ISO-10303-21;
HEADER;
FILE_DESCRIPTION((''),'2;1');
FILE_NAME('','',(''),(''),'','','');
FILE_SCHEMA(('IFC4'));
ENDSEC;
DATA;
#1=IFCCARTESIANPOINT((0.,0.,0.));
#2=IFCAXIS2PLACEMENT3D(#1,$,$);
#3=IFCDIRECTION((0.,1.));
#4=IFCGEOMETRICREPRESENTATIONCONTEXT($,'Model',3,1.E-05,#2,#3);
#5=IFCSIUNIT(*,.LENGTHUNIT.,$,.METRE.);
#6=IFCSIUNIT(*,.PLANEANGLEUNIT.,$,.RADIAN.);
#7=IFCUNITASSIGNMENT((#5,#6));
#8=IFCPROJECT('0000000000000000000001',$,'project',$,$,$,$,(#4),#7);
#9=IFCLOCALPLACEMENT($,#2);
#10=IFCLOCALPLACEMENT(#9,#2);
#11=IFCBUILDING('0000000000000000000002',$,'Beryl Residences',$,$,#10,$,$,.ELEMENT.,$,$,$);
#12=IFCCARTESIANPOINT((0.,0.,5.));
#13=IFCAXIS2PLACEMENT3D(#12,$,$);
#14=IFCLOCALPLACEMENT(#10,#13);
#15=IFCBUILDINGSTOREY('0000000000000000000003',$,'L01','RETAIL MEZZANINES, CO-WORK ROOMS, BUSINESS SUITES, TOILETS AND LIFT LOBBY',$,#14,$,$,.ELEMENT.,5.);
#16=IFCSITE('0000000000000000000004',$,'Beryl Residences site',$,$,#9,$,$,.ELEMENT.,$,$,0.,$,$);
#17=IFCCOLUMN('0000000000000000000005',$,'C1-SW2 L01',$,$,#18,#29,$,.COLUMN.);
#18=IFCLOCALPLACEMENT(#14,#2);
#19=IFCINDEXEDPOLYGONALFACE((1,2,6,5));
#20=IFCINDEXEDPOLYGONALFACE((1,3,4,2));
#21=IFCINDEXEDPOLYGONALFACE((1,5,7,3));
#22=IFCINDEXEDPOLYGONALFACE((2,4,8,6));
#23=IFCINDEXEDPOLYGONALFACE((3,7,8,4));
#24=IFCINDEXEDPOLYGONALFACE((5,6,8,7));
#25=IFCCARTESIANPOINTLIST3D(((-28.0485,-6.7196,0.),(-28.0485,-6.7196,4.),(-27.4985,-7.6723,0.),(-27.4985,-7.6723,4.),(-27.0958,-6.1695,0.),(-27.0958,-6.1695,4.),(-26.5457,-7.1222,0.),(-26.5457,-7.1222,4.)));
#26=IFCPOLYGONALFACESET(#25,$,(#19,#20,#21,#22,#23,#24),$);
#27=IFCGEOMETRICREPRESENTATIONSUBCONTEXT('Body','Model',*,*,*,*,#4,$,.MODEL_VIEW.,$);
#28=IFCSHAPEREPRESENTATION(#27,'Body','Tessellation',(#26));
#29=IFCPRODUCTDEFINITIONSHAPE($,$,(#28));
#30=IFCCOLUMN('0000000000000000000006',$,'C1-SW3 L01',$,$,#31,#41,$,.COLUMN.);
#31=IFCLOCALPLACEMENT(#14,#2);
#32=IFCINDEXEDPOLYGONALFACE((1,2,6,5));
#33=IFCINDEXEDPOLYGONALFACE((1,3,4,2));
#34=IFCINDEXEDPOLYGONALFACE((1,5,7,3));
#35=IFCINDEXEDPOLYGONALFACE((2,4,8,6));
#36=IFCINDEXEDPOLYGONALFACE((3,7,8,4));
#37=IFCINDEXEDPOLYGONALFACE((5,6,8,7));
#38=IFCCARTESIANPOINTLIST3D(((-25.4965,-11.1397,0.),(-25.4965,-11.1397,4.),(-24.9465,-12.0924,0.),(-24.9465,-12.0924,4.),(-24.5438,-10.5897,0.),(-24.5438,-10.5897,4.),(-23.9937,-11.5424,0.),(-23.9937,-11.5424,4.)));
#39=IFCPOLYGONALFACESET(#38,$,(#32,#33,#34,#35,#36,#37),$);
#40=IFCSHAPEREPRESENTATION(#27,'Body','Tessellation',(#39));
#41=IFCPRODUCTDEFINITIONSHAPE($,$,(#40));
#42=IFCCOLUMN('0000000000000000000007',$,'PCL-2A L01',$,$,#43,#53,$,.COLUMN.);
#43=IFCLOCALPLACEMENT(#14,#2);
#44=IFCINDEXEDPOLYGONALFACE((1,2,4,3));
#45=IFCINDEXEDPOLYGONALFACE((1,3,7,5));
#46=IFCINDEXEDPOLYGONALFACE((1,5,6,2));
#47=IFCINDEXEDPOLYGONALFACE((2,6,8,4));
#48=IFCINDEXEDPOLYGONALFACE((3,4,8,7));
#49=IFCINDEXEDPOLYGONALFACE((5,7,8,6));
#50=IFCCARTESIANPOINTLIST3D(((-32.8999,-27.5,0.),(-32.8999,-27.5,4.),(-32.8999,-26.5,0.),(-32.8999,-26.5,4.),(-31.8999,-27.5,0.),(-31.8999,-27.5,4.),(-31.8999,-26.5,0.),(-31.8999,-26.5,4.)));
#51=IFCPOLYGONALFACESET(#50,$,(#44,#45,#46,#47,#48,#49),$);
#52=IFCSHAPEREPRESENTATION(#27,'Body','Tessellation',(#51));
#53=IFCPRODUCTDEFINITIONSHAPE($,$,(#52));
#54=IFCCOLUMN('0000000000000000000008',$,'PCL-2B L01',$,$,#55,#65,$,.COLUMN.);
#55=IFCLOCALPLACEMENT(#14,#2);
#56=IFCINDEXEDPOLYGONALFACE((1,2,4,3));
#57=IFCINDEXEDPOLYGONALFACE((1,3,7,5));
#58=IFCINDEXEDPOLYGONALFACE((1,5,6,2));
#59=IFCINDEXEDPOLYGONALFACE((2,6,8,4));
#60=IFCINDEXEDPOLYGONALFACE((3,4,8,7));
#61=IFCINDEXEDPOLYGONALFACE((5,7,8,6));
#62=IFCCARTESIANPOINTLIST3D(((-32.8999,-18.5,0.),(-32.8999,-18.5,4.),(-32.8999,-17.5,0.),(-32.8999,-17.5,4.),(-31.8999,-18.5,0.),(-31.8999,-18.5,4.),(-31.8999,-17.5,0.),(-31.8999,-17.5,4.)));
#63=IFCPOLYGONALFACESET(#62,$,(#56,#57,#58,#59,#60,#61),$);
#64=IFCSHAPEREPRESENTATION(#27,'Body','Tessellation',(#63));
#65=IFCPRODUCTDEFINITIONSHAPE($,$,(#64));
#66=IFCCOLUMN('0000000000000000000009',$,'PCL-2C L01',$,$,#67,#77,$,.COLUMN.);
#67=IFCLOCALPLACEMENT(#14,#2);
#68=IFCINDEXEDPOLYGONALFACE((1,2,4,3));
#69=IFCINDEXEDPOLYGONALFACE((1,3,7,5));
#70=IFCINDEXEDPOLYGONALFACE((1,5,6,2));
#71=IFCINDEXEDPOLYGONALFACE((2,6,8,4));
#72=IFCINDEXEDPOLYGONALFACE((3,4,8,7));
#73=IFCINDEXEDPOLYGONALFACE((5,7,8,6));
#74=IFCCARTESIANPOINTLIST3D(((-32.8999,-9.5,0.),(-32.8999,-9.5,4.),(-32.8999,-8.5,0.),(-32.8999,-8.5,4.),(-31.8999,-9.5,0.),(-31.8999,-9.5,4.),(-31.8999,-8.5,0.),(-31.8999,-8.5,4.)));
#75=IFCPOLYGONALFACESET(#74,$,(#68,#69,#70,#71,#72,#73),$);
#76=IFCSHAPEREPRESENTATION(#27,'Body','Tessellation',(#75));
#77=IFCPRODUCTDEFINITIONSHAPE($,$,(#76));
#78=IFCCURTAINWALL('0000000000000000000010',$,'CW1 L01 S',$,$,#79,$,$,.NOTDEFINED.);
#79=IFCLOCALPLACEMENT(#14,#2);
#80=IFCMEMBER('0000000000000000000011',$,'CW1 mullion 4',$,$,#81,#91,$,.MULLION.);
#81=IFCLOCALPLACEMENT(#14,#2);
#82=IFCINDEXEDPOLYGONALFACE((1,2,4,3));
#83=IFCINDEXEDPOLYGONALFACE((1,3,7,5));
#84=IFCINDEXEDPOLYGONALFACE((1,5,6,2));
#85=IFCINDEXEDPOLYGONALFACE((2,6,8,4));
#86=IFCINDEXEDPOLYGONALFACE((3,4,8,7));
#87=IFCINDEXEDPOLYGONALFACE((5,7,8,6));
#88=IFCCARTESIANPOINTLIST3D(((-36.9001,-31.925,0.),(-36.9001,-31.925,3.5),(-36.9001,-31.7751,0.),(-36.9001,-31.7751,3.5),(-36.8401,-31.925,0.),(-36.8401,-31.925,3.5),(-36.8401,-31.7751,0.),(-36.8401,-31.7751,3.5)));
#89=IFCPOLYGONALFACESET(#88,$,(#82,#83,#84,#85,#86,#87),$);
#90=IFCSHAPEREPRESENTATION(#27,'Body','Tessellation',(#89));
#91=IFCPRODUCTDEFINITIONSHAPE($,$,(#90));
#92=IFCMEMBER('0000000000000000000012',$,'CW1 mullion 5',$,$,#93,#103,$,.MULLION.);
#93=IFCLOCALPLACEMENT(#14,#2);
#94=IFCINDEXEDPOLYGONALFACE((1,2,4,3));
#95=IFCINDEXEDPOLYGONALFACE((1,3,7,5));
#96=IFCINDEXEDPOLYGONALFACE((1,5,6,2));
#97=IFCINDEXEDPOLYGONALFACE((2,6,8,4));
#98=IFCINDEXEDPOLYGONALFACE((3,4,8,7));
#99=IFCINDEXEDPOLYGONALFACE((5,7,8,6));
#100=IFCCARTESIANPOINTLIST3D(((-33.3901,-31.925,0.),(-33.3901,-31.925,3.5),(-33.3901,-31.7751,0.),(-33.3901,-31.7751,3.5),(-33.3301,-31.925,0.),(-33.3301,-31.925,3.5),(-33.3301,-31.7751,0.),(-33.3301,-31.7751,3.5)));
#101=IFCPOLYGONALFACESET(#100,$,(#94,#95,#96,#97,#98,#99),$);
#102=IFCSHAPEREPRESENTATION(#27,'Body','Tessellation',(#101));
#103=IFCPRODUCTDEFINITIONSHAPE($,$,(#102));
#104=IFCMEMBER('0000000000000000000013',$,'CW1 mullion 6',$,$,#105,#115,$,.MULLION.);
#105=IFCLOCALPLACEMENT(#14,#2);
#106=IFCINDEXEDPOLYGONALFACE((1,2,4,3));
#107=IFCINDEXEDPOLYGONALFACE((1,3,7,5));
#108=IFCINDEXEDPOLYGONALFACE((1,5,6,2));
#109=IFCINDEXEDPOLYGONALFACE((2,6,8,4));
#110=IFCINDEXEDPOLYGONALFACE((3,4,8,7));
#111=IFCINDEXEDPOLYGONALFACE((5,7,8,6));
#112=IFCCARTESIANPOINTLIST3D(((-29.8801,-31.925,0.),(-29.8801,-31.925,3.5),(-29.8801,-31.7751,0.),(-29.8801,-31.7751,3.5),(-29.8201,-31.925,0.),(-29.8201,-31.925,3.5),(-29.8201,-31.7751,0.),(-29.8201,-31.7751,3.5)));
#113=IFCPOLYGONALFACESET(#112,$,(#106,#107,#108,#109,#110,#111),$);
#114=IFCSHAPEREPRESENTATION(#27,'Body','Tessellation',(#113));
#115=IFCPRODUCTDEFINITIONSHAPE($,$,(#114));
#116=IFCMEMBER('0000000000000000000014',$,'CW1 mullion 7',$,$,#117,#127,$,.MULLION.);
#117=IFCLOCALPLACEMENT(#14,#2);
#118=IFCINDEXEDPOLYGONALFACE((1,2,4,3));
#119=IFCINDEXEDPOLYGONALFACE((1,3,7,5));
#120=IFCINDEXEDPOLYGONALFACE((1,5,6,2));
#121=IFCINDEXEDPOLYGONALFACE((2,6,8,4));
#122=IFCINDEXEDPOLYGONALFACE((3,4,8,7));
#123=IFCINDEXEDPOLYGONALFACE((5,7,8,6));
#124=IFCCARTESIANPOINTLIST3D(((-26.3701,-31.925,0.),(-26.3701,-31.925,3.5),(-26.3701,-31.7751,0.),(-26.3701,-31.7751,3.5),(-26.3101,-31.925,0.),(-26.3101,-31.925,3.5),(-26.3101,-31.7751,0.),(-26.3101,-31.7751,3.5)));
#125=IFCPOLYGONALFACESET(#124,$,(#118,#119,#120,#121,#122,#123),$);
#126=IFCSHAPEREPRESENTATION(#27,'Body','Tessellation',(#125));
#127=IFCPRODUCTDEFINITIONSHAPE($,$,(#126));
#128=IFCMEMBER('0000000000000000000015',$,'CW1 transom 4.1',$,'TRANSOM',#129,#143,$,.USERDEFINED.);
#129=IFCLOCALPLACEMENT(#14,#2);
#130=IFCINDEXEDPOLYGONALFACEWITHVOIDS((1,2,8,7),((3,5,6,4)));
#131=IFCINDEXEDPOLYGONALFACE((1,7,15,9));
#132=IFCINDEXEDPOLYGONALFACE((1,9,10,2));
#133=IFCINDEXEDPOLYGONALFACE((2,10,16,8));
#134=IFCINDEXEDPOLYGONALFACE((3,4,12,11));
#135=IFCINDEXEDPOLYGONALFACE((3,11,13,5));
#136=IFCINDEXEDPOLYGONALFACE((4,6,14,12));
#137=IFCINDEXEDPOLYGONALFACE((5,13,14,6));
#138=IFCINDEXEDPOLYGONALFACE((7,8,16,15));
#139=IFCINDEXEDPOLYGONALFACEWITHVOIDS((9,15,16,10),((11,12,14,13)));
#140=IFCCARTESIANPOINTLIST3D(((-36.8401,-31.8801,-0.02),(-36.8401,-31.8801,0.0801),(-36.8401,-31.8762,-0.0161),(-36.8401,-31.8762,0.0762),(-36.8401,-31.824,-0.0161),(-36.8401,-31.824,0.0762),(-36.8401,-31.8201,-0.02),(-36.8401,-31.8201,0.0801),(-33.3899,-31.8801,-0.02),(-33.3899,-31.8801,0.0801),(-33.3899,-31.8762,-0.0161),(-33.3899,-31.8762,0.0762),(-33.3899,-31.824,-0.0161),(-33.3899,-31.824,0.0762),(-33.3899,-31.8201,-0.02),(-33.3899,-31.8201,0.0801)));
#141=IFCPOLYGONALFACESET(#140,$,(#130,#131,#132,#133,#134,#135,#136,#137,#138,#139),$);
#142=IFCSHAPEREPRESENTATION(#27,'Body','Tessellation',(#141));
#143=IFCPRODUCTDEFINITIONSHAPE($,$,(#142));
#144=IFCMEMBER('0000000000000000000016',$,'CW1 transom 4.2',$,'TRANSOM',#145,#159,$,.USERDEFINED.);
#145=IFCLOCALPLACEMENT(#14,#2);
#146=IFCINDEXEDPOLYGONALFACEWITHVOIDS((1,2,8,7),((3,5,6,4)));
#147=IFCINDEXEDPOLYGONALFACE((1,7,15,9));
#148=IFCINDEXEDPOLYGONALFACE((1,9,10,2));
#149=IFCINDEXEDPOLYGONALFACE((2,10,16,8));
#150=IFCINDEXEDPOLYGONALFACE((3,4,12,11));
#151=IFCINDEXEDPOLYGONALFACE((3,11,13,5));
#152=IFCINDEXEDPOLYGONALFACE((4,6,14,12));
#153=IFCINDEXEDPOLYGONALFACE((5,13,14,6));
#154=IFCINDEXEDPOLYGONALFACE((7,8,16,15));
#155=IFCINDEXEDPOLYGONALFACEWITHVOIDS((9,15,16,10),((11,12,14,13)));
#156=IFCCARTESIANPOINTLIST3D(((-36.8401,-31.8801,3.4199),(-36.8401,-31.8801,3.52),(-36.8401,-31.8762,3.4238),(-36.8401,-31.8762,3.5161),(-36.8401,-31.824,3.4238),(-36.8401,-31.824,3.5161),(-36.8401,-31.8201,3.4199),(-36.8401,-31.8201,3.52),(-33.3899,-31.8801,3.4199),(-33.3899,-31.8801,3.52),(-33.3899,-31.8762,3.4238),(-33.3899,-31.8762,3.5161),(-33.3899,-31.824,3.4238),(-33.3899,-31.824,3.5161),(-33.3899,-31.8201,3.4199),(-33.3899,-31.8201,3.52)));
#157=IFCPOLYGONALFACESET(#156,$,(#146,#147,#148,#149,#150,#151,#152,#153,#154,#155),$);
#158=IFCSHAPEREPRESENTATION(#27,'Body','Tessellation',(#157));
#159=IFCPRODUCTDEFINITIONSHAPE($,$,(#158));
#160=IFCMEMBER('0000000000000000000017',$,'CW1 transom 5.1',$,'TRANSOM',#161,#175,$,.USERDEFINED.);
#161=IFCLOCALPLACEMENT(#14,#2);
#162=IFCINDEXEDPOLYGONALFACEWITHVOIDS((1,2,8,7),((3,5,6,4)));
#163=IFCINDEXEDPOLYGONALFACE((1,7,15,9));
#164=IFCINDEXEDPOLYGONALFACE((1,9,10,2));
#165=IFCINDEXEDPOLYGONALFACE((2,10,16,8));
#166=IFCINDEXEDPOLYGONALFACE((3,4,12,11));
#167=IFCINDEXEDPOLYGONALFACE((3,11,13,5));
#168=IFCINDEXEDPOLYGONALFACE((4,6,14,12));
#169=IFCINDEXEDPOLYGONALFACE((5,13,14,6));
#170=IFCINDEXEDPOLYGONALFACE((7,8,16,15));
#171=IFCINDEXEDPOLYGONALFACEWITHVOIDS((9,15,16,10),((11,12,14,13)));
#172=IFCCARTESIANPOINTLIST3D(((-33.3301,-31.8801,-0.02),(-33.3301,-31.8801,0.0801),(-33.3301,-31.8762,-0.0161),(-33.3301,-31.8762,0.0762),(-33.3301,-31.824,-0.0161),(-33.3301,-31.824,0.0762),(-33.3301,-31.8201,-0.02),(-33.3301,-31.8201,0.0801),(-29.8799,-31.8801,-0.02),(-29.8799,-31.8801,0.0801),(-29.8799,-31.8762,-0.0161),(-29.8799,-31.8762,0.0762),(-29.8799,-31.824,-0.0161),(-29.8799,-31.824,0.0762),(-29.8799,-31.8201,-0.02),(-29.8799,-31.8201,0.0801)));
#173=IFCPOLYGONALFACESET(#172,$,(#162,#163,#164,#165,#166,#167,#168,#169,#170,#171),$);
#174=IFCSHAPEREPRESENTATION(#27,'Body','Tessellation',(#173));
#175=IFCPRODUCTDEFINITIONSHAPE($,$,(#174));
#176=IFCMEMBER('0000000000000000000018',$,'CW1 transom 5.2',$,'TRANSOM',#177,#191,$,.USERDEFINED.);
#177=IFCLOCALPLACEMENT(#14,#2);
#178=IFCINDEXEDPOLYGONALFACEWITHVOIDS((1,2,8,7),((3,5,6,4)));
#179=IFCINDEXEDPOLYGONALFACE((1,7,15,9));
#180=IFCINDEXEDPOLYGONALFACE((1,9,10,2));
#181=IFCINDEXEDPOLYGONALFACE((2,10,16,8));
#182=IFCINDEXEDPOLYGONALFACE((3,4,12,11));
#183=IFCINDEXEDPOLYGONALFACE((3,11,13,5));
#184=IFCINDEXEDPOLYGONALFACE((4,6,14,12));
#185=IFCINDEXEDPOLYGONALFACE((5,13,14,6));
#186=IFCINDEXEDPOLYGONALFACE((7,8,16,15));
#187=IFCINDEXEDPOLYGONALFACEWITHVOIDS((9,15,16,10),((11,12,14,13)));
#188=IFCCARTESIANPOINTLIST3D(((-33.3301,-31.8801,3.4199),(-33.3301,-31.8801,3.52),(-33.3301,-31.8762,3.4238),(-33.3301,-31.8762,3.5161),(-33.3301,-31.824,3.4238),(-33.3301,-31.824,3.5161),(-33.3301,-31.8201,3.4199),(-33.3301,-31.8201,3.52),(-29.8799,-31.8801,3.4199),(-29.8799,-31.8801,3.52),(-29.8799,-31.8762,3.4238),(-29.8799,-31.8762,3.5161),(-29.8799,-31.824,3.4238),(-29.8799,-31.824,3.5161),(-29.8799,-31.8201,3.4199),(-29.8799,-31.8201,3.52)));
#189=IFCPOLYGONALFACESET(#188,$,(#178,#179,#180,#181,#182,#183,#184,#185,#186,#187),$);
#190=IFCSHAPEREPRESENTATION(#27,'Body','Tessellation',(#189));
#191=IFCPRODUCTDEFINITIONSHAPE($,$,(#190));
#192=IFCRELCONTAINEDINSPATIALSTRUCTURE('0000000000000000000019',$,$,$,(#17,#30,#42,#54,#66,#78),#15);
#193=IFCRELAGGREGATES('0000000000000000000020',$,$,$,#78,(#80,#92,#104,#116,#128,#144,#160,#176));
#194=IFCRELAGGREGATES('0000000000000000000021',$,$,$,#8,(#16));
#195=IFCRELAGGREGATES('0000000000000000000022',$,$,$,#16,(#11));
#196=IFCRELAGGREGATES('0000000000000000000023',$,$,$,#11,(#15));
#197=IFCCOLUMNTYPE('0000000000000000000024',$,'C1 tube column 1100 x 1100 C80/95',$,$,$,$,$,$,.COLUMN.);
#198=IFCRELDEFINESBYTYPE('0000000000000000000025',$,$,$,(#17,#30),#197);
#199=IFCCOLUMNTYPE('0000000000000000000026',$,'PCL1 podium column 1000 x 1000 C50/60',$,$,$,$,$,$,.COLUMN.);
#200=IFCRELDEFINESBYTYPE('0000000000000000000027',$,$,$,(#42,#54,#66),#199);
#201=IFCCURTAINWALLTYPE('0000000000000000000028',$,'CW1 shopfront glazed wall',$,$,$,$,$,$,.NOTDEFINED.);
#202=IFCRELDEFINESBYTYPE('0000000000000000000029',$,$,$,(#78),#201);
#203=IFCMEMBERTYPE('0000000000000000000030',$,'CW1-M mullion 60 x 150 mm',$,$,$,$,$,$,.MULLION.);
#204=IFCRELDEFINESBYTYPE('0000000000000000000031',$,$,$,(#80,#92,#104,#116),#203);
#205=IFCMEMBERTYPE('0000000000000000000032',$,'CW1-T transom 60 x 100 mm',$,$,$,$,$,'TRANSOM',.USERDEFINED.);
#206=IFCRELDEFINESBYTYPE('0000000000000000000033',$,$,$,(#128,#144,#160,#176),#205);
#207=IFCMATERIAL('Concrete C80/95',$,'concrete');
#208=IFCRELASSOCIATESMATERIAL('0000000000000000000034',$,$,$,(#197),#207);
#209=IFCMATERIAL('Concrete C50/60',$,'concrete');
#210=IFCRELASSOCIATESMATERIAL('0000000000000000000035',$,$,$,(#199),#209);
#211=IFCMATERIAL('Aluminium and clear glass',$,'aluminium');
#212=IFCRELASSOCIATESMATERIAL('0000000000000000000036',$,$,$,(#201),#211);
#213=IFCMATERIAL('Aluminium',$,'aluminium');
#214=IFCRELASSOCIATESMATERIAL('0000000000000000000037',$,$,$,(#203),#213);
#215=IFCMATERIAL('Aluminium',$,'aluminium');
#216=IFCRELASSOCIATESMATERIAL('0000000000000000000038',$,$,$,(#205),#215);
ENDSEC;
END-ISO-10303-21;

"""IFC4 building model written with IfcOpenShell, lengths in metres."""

from ifc_helpers import new_model, si_unit, direction, frame, origin, origin_2d, place, context, subcontext, project, spatial, rectangle, hollow_rectangle, extrude, material, material_profile, profile_set, type_object, element, aggregate, save


model = new_model("IFC4")

# Units and contexts
model_context = context("Model", 3, precision=1e-05, world=origin(), true_north=direction((0.0, 1.0)))
body_context = subcontext(model_context, "Body", "Model", "MODEL_VIEW")
ifc_project = project(units=[si_unit("LENGTHUNIT", "METRE"), si_unit("PLANEANGLEUNIT", "RADIAN")], contexts=[model_context])

# Site, building, storey
site_placement = place(None, origin())
site = spatial("IfcSite", under=ifc_project, at=site_placement, Name="Beryl Residences site", CompositionType="ELEMENT", RefElevation=0.0)
building_placement = place(site_placement, origin())
building = spatial("IfcBuilding", under=site, at=building_placement, Name="Beryl Residences", CompositionType="ELEMENT")
storey_placement = place(building_placement, frame((0.0, 0.0, 5.0)))
storey = spatial("IfcBuildingStorey", under=building, at=storey_placement, Name="L01", Description="RETAIL MEZZANINES, CO-WORK ROOMS, BUSINESS SUITES, TOILETS AND LIFT LOBBY", CompositionType="ELEMENT", Elevation=5.0)

# Columns
ifc_material_1 = material(Name="Concrete C80/95", Category="concrete")
ifc_material_profile_1 = material_profile(ifc_material_1, rectangle(XDim=1.1001, YDim=1.1001, at=origin_2d()))
ifc_profile_set_1 = profile_set([ifc_material_profile_1], Name="Concrete C80/95")
column_type_1 = type_object("IfcColumnType", Name="C1 tube column 1100 x 1100 C80/95", PredefinedType="COLUMN", material=ifc_profile_set_1)
for number, where, z_axis, x_axis, name in (
    (1, (-27.2971, -6.9209, 0.0), (0.0, 0.0, 1.0), (0.499985, -0.866034, 0.0), "C1-SW2 L01"),
    (2, (-24.7451, -11.3411, 0.0), (0.0, 0.0, 1.0), (0.499985, -0.866034, 0.0), "C1-SW3 L01"),
):
    element("IfcColumn", number, at=place(storey_placement, frame(where, z_axis=z_axis, x_axis=x_axis)), inside=storey, type_object=column_type_1, Name=name, PredefinedType="COLUMN", context=body_context, shape_type="SweptSolid", body=[
        extrude(rectangle(XDim=1.1001, YDim=1.1001, at=origin_2d()), origin(), (0.0, 0.0, 1.0), 4.0),
    ])
ifc_material_2 = material(Name="Concrete C50/60", Category="concrete")
ifc_material_profile_2 = material_profile(ifc_material_2, rectangle(XDim=1.0, YDim=1.0, at=origin_2d()))
ifc_profile_set_2 = profile_set([ifc_material_profile_2], Name="Concrete C50/60")
column_type_2 = type_object("IfcColumnType", Name="PCL1 podium column 1000 x 1000 C50/60", PredefinedType="COLUMN", material=ifc_profile_set_2)
for number, where, z_axis, x_axis, name in (
    (3, (-32.3999, -27.0, 0.0), (0.0, 0.0, 1.0), (1.0, 0.0, 0.0), "PCL-2A L01"),
    (4, (-32.3999, -18.0, 0.0), (0.0, 0.0, 1.0), (1.0, 0.0, 0.0), "PCL-2B L01"),
    (5, (-32.3999, -9.0, 0.0), (0.0, 0.0, 1.0), (1.0, 0.0, 0.0), "PCL-2C L01"),
):
    element("IfcColumn", number, at=place(storey_placement, frame(where, z_axis=z_axis, x_axis=x_axis)), inside=storey, type_object=column_type_2, Name=name, PredefinedType="COLUMN", context=body_context, shape_type="SweptSolid", body=[
        extrude(rectangle(XDim=1.0, YDim=1.0, at=origin_2d()), origin(), (0.0, 0.0, 1.0), 4.0),
    ])

# Curtain wall, members
ifc_material_3 = material(Name="Aluminium and clear glass", Category="aluminium")
curtain_wall_type = type_object("IfcCurtainWallType", Name="CW1 shopfront glazed wall", PredefinedType="NOTDEFINED", material=ifc_material_3)
curtain_wall_placement = place(storey_placement, origin())
curtain_wall = element("IfcCurtainWall", 6, at=curtain_wall_placement, inside=storey, type_object=curtain_wall_type, Name="CW1 L01 S", PredefinedType="NOTDEFINED")
ifc_material_4 = material(Name="Aluminium", Category="aluminium")
ifc_material_profile_3 = material_profile(ifc_material_4, rectangle(XDim=0.0601, YDim=0.1499, at=origin_2d()))
ifc_profile_set_3 = profile_set([ifc_material_profile_3], Name="Aluminium")
member_type_1 = type_object("IfcMemberType", Name="CW1-M mullion 60 x 150 mm", PredefinedType="MULLION", material=ifc_profile_set_3)
member_1_placement = place(storey_placement, frame((-36.8701, -31.8501, 0.0), z_axis=(0.0, 0.0, 1.0), x_axis=(1.0, 0.0, 0.0)))
member_1 = element("IfcMember", 7, at=member_1_placement, type_object=member_type_1, Name="CW1 mullion 4", PredefinedType="MULLION", context=body_context, shape_type="SweptSolid", body=[
    extrude(rectangle(XDim=0.0601, YDim=0.1499, at=origin_2d()), origin(), (0.0, 0.0, 1.0), 3.5),
])
member_2_placement = place(storey_placement, frame((-33.3601, -31.8501, 0.0), z_axis=(0.0, 0.0, 1.0), x_axis=(1.0, 0.0, 0.0)))
member_2 = element("IfcMember", 8, at=member_2_placement, type_object=member_type_1, Name="CW1 mullion 5", PredefinedType="MULLION", context=body_context, shape_type="SweptSolid", body=[
    extrude(rectangle(XDim=0.0601, YDim=0.1499, at=origin_2d()), origin(), (0.0, 0.0, 1.0), 3.5),
])
member_3_placement = place(storey_placement, frame((-29.8501, -31.8501, 0.0), z_axis=(0.0, 0.0, 1.0), x_axis=(1.0, 0.0, 0.0)))
member_3 = element("IfcMember", 9, at=member_3_placement, type_object=member_type_1, Name="CW1 mullion 6", PredefinedType="MULLION", context=body_context, shape_type="SweptSolid", body=[
    extrude(rectangle(XDim=0.0601, YDim=0.1499, at=origin_2d()), origin(), (0.0, 0.0, 1.0), 3.5),
])
member_4_placement = place(storey_placement, frame((-26.3401, -31.8501, 0.0), z_axis=(0.0, 0.0, 1.0), x_axis=(1.0, 0.0, 0.0)))
member_4 = element("IfcMember", 10, at=member_4_placement, type_object=member_type_1, Name="CW1 mullion 7", PredefinedType="MULLION", context=body_context, shape_type="SweptSolid", body=[
    extrude(rectangle(XDim=0.0601, YDim=0.1499, at=origin_2d()), origin(), (0.0, 0.0, 1.0), 3.5),
])
ifc_material_5 = material(Name="Aluminium", Category="aluminium")
ifc_material_profile_4 = material_profile(ifc_material_5, hollow_rectangle(XDim=0.0601, YDim=0.1001, WallThickness=0.0039, at=origin_2d()))
ifc_profile_set_4 = profile_set([ifc_material_profile_4], Name="Aluminium")
member_type_2 = type_object("IfcMemberType", Name="CW1-T transom 60 x 100 mm", ElementType="TRANSOM", PredefinedType="USERDEFINED", material=ifc_profile_set_4)
member_5_placement = place(storey_placement, frame((-36.8401, -31.8501, 0.03), z_axis=(1.0, 0.0, 0.0), x_axis=(0.0, 1.0, 0.0)))
member_5 = element("IfcMember", 11, at=member_5_placement, type_object=member_type_2, Name="CW1 transom 4.1", ObjectType="TRANSOM", PredefinedType="USERDEFINED", context=body_context, shape_type="SweptSolid", body=[
    extrude(hollow_rectangle(XDim=0.0601, YDim=0.1001, WallThickness=0.0039, at=origin_2d()), origin(), (0.0, 0.0, 1.0), 3.4502),
])
member_6_placement = place(storey_placement, frame((-36.8401, -31.8501, 3.47), z_axis=(1.0, 0.0, 0.0), x_axis=(0.0, 1.0, 0.0)))
member_6 = element("IfcMember", 12, at=member_6_placement, type_object=member_type_2, Name="CW1 transom 4.2", ObjectType="TRANSOM", PredefinedType="USERDEFINED", context=body_context, shape_type="SweptSolid", body=[
    extrude(hollow_rectangle(XDim=0.0601, YDim=0.1001, WallThickness=0.0039, at=origin_2d()), origin(), (0.0, 0.0, 1.0), 3.4502),
])
member_7_placement = place(storey_placement, frame((-33.3301, -31.8501, 0.03), z_axis=(1.0, 0.0, 0.0), x_axis=(0.0, 1.0, 0.0)))
member_7 = element("IfcMember", 13, at=member_7_placement, type_object=member_type_2, Name="CW1 transom 5.1", ObjectType="TRANSOM", PredefinedType="USERDEFINED", context=body_context, shape_type="SweptSolid", body=[
    extrude(hollow_rectangle(XDim=0.0601, YDim=0.1001, WallThickness=0.0039, at=origin_2d()), origin(), (0.0, 0.0, 1.0), 3.4502),
])
member_8_placement = place(storey_placement, frame((-33.3301, -31.8501, 3.47), z_axis=(1.0, 0.0, 0.0), x_axis=(0.0, 1.0, 0.0)))
member_8 = element("IfcMember", 14, at=member_8_placement, type_object=member_type_2, Name="CW1 transom 5.2", ObjectType="TRANSOM", PredefinedType="USERDEFINED", context=body_context, shape_type="SweptSolid", body=[
    extrude(hollow_rectangle(XDim=0.0601, YDim=0.1001, WallThickness=0.0039, at=origin_2d()), origin(), (0.0, 0.0, 1.0), 3.4502),
])

aggregate(curtain_wall, [member_1, member_2, member_3, member_4, member_5, member_6, member_7, member_8])

save(model, "model.ifc")
